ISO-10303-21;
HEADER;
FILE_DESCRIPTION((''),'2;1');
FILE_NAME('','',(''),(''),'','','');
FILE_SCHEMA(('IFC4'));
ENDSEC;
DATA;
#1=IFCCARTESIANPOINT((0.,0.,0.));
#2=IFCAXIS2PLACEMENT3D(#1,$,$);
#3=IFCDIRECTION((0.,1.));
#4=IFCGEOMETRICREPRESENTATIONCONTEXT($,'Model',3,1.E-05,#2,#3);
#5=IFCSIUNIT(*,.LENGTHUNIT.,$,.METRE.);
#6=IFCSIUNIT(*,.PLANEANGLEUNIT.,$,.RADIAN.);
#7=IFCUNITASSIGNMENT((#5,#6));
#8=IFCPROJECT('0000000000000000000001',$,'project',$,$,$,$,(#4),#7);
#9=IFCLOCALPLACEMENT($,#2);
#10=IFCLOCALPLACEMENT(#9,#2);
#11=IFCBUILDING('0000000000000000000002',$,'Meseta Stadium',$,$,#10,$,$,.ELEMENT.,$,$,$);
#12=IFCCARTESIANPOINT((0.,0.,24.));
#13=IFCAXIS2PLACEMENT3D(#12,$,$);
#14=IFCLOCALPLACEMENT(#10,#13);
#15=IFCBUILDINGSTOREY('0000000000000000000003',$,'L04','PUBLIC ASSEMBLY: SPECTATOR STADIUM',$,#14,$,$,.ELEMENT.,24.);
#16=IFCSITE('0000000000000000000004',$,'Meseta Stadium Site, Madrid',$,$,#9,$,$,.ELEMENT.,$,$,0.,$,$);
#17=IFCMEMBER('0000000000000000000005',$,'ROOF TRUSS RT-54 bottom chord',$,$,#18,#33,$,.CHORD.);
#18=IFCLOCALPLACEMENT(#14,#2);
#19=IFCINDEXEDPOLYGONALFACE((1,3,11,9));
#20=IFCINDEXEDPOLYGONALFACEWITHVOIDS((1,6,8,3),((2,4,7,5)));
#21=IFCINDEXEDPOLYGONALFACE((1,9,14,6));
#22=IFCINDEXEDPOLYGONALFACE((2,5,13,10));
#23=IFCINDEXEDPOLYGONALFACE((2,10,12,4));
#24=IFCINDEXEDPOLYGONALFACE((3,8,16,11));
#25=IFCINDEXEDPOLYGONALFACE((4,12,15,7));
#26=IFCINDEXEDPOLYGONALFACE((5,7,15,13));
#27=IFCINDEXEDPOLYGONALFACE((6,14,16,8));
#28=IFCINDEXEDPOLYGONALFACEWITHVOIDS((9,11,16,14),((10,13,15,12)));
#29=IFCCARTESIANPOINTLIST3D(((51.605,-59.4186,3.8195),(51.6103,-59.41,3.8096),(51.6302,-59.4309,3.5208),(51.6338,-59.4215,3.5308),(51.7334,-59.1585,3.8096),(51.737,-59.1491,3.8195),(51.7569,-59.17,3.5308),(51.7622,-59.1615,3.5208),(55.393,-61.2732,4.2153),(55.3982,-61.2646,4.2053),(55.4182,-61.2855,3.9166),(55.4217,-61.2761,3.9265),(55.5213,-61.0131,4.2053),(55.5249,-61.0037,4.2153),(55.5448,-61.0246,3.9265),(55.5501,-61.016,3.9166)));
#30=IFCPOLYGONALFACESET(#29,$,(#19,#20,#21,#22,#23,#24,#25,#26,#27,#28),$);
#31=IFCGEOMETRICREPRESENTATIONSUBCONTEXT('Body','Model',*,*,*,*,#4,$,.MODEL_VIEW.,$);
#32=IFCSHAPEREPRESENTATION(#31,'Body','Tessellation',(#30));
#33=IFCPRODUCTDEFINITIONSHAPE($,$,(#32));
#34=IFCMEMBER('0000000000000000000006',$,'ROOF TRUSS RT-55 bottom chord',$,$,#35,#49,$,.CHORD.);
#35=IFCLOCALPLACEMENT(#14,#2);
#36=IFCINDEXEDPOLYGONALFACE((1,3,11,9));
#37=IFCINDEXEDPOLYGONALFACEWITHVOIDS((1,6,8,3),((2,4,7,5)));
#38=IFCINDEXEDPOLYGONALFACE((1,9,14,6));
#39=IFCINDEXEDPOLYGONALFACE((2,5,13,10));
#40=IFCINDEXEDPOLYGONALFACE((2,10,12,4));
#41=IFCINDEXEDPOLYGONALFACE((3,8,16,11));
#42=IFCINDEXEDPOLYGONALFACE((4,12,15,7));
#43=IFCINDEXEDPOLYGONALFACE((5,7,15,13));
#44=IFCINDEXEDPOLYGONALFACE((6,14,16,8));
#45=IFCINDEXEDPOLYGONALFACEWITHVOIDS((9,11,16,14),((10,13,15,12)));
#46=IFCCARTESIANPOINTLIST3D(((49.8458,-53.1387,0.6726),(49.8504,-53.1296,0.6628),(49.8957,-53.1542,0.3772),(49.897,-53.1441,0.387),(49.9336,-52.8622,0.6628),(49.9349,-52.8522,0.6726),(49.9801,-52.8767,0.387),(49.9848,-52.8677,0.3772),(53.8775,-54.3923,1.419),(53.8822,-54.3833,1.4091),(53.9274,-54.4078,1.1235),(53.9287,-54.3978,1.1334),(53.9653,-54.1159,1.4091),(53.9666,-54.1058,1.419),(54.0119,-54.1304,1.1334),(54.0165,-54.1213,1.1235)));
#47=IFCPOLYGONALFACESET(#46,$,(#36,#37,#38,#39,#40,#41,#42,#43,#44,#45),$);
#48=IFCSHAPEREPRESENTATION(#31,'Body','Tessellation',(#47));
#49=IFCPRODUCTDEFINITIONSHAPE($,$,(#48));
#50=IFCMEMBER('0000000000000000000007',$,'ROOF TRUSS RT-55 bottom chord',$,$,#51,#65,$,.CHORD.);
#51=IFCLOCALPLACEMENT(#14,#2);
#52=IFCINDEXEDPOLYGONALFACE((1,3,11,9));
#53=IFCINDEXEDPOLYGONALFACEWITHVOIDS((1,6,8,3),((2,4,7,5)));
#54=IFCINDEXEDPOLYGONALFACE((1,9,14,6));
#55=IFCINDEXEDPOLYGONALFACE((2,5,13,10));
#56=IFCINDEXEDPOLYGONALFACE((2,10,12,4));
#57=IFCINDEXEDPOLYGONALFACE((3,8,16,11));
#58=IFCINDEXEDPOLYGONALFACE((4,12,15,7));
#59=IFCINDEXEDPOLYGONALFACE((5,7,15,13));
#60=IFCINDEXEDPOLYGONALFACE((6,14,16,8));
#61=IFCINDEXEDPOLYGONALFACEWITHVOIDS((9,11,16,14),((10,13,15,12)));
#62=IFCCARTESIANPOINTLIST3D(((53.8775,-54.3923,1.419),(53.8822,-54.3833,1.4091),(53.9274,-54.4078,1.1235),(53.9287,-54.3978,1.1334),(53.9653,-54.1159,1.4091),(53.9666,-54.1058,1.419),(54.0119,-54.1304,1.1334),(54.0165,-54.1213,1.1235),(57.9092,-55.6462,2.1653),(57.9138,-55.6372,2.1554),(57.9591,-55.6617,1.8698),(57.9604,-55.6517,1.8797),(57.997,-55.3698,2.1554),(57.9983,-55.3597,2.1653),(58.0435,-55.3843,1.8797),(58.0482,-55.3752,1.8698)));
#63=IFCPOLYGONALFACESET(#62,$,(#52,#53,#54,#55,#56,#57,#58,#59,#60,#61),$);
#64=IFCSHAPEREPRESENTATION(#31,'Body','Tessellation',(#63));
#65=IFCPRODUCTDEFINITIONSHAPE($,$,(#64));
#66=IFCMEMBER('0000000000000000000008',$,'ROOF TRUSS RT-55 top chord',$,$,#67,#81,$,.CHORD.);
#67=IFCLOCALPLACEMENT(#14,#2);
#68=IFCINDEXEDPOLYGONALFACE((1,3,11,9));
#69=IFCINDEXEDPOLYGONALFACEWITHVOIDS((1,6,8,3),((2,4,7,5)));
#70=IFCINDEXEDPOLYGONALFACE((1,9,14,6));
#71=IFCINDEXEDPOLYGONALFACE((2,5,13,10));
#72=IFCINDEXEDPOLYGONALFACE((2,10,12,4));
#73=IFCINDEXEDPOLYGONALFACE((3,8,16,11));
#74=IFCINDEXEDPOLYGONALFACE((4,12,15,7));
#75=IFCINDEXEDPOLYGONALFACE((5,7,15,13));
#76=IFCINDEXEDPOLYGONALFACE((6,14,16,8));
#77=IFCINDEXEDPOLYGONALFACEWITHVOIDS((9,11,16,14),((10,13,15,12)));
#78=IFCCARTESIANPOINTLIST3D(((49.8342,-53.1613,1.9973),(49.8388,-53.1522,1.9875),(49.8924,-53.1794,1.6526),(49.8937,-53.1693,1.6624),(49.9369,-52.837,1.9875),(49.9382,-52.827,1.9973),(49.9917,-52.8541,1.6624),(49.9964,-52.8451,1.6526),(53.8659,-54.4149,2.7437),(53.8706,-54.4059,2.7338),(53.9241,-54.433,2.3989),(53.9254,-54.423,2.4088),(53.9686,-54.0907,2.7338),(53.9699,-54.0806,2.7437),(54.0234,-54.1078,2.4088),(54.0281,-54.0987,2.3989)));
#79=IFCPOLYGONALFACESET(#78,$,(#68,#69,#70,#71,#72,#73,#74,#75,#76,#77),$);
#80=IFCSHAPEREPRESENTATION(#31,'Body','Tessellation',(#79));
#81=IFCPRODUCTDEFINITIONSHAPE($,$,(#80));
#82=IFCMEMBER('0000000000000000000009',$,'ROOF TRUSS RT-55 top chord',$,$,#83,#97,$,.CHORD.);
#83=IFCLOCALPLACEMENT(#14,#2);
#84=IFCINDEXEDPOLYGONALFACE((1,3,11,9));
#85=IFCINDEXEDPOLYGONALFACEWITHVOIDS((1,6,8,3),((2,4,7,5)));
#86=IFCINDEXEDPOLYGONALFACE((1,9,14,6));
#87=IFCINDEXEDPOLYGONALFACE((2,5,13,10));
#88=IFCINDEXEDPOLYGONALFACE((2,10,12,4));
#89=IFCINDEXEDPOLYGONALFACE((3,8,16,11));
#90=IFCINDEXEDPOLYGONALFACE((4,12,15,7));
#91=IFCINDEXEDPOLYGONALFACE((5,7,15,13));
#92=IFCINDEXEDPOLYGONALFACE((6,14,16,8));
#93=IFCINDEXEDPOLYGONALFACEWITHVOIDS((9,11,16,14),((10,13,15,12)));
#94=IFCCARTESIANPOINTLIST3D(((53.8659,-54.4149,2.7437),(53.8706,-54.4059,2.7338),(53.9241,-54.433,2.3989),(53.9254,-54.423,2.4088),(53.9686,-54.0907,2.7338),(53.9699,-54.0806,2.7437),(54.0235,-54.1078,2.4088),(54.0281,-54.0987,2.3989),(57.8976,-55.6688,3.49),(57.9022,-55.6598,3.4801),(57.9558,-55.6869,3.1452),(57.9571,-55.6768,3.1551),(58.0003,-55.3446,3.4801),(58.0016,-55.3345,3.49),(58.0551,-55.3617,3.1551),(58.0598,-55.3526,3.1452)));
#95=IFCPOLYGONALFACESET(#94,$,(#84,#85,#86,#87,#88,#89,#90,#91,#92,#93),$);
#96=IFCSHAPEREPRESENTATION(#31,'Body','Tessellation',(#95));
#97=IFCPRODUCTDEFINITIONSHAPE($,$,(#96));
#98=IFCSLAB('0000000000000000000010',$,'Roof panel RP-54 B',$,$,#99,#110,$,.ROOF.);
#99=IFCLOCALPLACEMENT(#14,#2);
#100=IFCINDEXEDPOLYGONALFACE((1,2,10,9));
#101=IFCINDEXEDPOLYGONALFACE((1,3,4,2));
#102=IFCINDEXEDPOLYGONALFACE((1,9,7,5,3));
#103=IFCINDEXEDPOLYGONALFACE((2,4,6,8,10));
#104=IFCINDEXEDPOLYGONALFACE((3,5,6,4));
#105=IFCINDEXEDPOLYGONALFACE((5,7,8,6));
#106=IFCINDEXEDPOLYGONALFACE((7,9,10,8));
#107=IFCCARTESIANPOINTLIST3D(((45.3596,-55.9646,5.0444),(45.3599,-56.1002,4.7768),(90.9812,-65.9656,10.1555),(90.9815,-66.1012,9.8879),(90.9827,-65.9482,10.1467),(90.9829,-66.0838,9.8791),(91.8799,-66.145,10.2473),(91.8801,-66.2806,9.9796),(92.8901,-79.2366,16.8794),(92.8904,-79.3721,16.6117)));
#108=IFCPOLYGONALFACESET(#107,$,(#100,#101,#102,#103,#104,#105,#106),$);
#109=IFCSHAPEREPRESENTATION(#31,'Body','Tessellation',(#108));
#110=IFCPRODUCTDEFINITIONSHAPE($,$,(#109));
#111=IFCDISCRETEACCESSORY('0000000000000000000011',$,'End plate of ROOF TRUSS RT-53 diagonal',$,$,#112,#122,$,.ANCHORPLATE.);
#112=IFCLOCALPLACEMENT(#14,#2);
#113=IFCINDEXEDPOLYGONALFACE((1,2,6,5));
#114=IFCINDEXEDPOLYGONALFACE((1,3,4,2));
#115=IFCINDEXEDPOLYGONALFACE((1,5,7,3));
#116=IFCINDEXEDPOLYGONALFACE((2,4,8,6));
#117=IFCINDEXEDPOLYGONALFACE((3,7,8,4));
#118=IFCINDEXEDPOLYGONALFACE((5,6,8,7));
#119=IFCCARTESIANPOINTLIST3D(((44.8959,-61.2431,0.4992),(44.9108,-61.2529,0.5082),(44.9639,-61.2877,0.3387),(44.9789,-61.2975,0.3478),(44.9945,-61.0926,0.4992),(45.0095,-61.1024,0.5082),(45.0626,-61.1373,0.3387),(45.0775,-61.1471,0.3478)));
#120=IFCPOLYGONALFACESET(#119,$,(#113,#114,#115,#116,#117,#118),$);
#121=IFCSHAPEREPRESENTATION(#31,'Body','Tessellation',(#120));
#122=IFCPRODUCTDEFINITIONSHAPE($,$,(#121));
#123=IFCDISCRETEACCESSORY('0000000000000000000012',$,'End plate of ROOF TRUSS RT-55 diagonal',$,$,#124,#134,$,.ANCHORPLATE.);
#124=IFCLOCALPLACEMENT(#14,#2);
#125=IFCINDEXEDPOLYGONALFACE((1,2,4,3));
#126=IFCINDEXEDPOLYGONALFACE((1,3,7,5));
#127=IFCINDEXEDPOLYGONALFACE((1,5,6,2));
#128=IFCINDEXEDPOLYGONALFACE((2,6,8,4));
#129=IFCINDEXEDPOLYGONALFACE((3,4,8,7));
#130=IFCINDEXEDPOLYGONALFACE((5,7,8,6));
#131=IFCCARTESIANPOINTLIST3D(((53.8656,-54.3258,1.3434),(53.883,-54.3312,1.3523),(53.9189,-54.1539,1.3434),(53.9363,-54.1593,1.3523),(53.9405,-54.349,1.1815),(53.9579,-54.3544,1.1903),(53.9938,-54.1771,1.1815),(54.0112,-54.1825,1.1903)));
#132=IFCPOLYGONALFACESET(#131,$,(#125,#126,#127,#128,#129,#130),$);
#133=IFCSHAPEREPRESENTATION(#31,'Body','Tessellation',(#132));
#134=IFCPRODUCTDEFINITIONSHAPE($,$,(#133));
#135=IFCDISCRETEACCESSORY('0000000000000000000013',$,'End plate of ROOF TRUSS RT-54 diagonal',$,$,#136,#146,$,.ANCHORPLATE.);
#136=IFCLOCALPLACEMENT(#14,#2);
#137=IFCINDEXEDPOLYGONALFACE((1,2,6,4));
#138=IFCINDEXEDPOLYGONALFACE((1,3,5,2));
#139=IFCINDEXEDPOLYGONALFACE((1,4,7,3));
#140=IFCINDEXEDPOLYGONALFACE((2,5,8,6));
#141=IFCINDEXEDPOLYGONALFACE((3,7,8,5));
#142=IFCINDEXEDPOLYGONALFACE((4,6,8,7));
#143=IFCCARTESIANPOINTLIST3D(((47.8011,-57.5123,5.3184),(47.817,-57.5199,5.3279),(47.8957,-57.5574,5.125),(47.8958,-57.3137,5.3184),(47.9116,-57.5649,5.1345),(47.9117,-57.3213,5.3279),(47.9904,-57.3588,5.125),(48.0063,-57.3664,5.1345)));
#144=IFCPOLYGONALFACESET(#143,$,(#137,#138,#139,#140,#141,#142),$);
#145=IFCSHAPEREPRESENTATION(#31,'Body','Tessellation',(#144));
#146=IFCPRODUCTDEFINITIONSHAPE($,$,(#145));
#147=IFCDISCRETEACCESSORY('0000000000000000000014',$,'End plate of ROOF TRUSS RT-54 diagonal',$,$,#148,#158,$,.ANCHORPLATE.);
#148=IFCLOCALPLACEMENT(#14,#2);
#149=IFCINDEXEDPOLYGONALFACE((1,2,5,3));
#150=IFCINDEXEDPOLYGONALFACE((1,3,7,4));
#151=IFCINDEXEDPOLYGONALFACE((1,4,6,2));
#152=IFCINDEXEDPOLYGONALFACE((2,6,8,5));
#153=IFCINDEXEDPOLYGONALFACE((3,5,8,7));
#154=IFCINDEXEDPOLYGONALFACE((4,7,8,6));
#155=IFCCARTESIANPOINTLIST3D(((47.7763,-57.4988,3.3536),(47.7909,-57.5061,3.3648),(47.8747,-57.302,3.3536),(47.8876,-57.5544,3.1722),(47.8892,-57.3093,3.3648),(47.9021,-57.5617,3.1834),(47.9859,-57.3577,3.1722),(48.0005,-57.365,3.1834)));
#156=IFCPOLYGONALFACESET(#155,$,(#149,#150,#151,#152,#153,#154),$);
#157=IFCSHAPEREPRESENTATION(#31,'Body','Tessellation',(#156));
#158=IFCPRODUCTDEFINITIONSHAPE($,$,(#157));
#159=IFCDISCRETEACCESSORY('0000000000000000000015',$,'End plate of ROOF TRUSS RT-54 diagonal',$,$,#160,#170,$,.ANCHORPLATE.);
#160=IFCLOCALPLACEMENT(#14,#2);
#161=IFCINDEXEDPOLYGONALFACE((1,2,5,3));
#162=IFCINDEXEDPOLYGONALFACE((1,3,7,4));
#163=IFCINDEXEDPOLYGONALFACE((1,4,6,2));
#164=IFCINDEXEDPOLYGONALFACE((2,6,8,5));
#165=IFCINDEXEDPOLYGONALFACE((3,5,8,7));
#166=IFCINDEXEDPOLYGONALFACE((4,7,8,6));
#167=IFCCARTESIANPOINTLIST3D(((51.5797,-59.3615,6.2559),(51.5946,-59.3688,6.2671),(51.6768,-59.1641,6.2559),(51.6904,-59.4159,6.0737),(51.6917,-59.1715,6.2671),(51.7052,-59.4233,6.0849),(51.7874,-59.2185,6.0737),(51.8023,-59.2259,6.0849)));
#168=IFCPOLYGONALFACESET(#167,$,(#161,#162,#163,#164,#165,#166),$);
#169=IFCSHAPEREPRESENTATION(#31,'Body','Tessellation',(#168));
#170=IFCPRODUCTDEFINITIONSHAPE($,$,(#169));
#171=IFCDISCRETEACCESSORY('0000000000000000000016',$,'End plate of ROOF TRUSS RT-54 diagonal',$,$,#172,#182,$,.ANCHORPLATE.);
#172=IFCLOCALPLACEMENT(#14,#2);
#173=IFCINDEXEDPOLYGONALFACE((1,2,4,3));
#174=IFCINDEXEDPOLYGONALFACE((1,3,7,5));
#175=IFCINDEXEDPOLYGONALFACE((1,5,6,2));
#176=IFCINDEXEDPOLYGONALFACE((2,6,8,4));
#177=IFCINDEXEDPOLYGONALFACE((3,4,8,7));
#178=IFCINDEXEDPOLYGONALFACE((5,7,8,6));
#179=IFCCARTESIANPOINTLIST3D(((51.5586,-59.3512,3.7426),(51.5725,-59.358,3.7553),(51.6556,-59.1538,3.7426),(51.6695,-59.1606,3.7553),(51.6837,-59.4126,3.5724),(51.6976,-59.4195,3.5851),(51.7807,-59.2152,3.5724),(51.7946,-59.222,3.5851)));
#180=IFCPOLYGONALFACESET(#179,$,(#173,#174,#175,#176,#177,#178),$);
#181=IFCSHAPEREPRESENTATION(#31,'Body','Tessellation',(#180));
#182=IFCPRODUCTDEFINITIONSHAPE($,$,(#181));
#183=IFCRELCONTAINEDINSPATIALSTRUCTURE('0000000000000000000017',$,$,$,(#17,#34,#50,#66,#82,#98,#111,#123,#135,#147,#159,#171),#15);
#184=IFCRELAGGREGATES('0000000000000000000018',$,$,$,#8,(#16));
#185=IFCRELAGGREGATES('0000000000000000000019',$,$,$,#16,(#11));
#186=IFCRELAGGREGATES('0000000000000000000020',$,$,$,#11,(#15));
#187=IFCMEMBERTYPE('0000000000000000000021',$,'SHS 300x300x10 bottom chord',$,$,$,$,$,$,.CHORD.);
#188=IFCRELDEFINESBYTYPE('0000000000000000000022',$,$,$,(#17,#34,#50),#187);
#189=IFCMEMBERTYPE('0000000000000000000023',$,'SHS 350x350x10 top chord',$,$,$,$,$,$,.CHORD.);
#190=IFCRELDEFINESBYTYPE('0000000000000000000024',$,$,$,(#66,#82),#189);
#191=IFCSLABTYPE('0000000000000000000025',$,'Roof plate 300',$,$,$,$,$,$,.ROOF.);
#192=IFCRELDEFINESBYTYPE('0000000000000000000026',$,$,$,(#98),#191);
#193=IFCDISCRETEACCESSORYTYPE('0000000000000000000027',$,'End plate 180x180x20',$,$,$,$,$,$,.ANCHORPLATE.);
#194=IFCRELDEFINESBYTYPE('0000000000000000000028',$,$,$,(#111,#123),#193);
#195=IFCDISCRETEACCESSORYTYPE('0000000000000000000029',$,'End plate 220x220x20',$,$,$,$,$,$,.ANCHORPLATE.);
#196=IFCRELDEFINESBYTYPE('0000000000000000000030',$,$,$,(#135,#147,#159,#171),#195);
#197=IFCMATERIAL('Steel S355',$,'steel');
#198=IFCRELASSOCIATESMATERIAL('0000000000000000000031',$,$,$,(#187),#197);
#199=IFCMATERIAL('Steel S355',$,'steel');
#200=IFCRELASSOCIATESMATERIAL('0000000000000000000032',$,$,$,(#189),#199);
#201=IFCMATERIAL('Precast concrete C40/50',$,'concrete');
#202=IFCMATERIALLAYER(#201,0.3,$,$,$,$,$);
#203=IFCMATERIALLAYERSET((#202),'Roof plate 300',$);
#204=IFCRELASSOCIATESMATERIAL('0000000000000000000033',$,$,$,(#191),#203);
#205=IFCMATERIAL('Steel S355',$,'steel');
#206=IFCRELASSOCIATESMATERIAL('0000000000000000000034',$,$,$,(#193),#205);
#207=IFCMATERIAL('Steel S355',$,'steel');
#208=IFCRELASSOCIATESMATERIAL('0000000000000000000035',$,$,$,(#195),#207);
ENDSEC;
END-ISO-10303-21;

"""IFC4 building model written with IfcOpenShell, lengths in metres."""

from ifc_helpers import new_model, si_unit, direction, frame, origin, origin_2d, place, context, subcontext, project, spatial, polyline, rectangle, hollow_rectangle, outline, extrude, material, layer, layer_set, material_profile, profile_set, type_object, element, save


model = new_model("IFC4")

# Units and contexts
model_context = context("Model", 3, precision=1e-05, world=origin(), true_north=direction((0.0, 1.0)))
body_context = subcontext(model_context, "Body", "Model", "MODEL_VIEW")
ifc_project = project(units=[si_unit("LENGTHUNIT", "METRE"), si_unit("PLANEANGLEUNIT", "RADIAN")], contexts=[model_context])

# Site, building, storey
site_placement = place(None, origin())
site = spatial("IfcSite", under=ifc_project, at=site_placement, Name="Meseta Stadium Site, Madrid", CompositionType="ELEMENT", RefElevation=0.0)
building_placement = place(site_placement, origin())
building = spatial("IfcBuilding", under=site, at=building_placement, Name="Meseta Stadium", CompositionType="ELEMENT")
storey_placement = place(building_placement, frame((0.0, 0.0, 24.0)))
storey = spatial("IfcBuildingStorey", under=building, at=storey_placement, Name="L04", Description="PUBLIC ASSEMBLY: SPECTATOR STADIUM", CompositionType="ELEMENT", Elevation=24.0)

# Members
ifc_material_1 = material(Name="Steel S355", Category="steel")
ifc_material_profile_1 = material_profile(ifc_material_1, hollow_rectangle(XDim=0.3, YDim=0.3, WallThickness=0.01, at=origin_2d()), Name="SHS 300x300x10")
ifc_profile_set_1 = profile_set([ifc_material_profile_1], Name="Steel S355")
member_type_1 = type_object("IfcMemberType", Name="SHS 300x300x10 bottom chord", PredefinedType="CHORD", material=ifc_profile_set_1)
for number, where, z_axis, x_axis, name in (
    (1, (51.6836, -59.29, 3.6702), (0.894207, -0.437796, 0.093426), (0.439719, 0.898135, 0.0), "ROOF TRUSS RT-54 bottom chord"),
):
    element("IfcMember", number, at=place(storey_placement, frame(where, z_axis=z_axis, x_axis=x_axis)), inside=storey, type_object=member_type_1, Name=name, PredefinedType="CHORD", context=body_context, shape_type="SweptSolid", body=[
        extrude(hollow_rectangle(XDim=0.3, YDim=0.3, WallThickness=0.01, at=origin_2d()), origin(), (0.0, 0.0, 1.0), 4.2361),
    ])
for number, where, z_axis, x_axis, name in (
    (2, (49.9153, -53.0032, 0.5249), (0.940323, -0.292392, 0.174068), (0.296925, 0.954901, 0.0), "ROOF TRUSS RT-55 bottom chord"),
    (3, (53.947, -54.2568, 1.2712), (0.940307, -0.292444, 0.174066), (0.296978, 0.954884, 0.0), "ROOF TRUSS RT-55 bottom chord"),
):
    element("IfcMember", number, at=place(storey_placement, frame(where, z_axis=z_axis, x_axis=x_axis)), inside=storey, type_object=member_type_1, Name=name, PredefinedType="CHORD", context=body_context, shape_type="SweptSolid", body=[
        extrude(hollow_rectangle(XDim=0.3, YDim=0.3, WallThickness=0.01, at=origin_2d()), origin(), (0.0, 0.0, 1.0), 4.2876),
    ])
ifc_material_2 = material(Name="Steel S355", Category="steel")
ifc_material_profile_2 = material_profile(ifc_material_2, hollow_rectangle(XDim=0.3501, YDim=0.3501, WallThickness=0.01, at=origin_2d()), Name="SHS 350x350x10")
ifc_profile_set_2 = profile_set([ifc_material_profile_2], Name="Steel S355")
member_type_2 = type_object("IfcMemberType", Name="SHS 350x350x10 top chord", PredefinedType="CHORD", material=ifc_profile_set_2)
for number, where, z_axis, x_axis, name in (
    (4, (49.9153, -53.0032, 1.825), (0.940323, -0.292392, 0.174068), (0.296925, 0.954901, 0.0), "ROOF TRUSS RT-55 top chord"),
    (5, (53.947, -54.2568, 2.5713), (0.940307, -0.292444, 0.174066), (0.296978, 0.954884, 0.0), "ROOF TRUSS RT-55 top chord"),
):
    element("IfcMember", number, at=place(storey_placement, frame(where, z_axis=z_axis, x_axis=x_axis)), inside=storey, type_object=member_type_2, Name=name, PredefinedType="CHORD", context=body_context, shape_type="SweptSolid", body=[
        extrude(hollow_rectangle(XDim=0.3501, YDim=0.3501, WallThickness=0.01, at=origin_2d()), origin(), (0.0, 0.0, 1.0), 4.2876),
    ])

# Slab
ifc_material_3 = material(Name="Precast concrete C40/50", Category="concrete")
ifc_layer = layer(ifc_material_3, 0.3)
ifc_layer_set = layer_set([ifc_layer], Name="Roof plate 300")
slab_type = type_object("IfcSlabType", Name="Roof plate 300", PredefinedType="ROOF", material=ifc_layer_set)
slab_placement = place(storey_placement, frame((45.3596, -55.9646, 5.0444), z_axis=(-0.000888, 0.451858, 0.892089), x_axis=(0.876475, -0.429141, 0.21824)))
element("IfcSlab", 6, at=slab_placement, inside=storey, type_object=slab_type, Name="Roof panel RP-54 B", PredefinedType="ROOF", context=body_context, shape_type="SweptSolid", body=[
    extrude(outline(polyline([(0.0, 0.0), (54.2292, 0.0), (46.2782, 12.3764), (45.3854, 12.1382), (45.3935, 12.1204), (0.0, 0.0)])), origin(), (0.0, 0.0, -1.0), 0.3),
])

# Discrete accessories
ifc_material_4 = material(Name="Steel S355", Category="steel")
ifc_material_profile_3 = material_profile(ifc_material_4, rectangle(XDim=0.1799, YDim=0.1799, at=origin_2d()), Name="PL 180x180")
ifc_profile_set_3 = profile_set([ifc_material_profile_3], Name="Steel S355")
discrete_accessory_type_1 = type_object("IfcDiscreteAccessoryType", Name="End plate 180x180x20", PredefinedType="ANCHORPLATE", material=ifc_profile_set_3)
discrete_accessory_1_placement = place(storey_placement, frame((44.9792, -61.1902, 0.4189), z_axis=(0.74579, -0.489043, 0.452365), x_axis=(0.548357, 0.836244, 0.0)))
element("IfcDiscreteAccessory", 7, at=discrete_accessory_1_placement, inside=storey, type_object=discrete_accessory_type_1, Name="End plate of ROOF TRUSS RT-53 diagonal", PredefinedType="ANCHORPLATE", context=body_context, shape_type="SweptSolid", body=[
    extrude(rectangle(XDim=0.1799, YDim=0.1799, at=origin_2d()), origin(), (0.0, 0.0, 1.0), 0.02),
])
discrete_accessory_2_placement = place(storey_placement, frame((53.9297, -54.2515, 1.2625), z_axis=(0.859675, -0.266378, 0.435892), x_axis=(0.295976, 0.955195, 0.0)))
element("IfcDiscreteAccessory", 8, at=discrete_accessory_2_placement, inside=storey, type_object=discrete_accessory_type_1, Name="End plate of ROOF TRUSS RT-55 diagonal", PredefinedType="ANCHORPLATE", context=body_context, shape_type="SweptSolid", body=[
    extrude(rectangle(XDim=0.1799, YDim=0.1799, at=origin_2d()), origin(), (0.0, 0.0, 1.0), 0.0203),
])
ifc_material_5 = material(Name="Steel S355", Category="steel")
ifc_material_profile_4 = material_profile(ifc_material_5, rectangle(XDim=0.22, YDim=0.22, at=origin_2d()), Name="PL 220x220")
ifc_profile_set_4 = profile_set([ifc_material_profile_4], Name="Steel S355")
discrete_accessory_type_2 = type_object("IfcDiscreteAccessoryType", Name="End plate 220x220x20", PredefinedType="ANCHORPLATE", material=ifc_profile_set_4)
discrete_accessory_3_placement = place(storey_placement, frame((47.8958, -57.4355, 5.2217), z_axis=(0.793687, -0.378528, 0.476212), x_axis=(0.430473, 0.902604, 0.0)))
element("IfcDiscreteAccessory", 9, at=discrete_accessory_3_placement, inside=storey, type_object=discrete_accessory_type_2, Name="End plate of ROOF TRUSS RT-54 diagonal", PredefinedType="ANCHORPLATE", context=body_context, shape_type="SweptSolid", body=[
    extrude(rectangle(XDim=0.22, YDim=0.22, at=origin_2d()), origin(), (0.0, 0.0, 1.0), 0.02),
])
discrete_accessory_4_placement = place(storey_placement, frame((47.8811, -57.4282, 3.2629), z_axis=(0.737655, -0.368828, 0.565536), x_axis=(0.447214, 0.894427, 0.0)))
element("IfcDiscreteAccessory", 10, at=discrete_accessory_4_placement, inside=storey, type_object=discrete_accessory_type_2, Name="End plate of ROOF TRUSS RT-54 diagonal", PredefinedType="ANCHORPLATE", context=body_context, shape_type="SweptSolid", body=[
    extrude(rectangle(XDim=0.22, YDim=0.22, at=origin_2d()), origin(), (0.0, 0.0, 1.0), 0.0198),
])
for number, where, z_axis, x_axis, name in (
    (11, (51.6836, -59.29, 6.1648), (0.743184, -0.365501, 0.560434), (0.44132, 0.89735, 0.0), "End plate of ROOF TRUSS RT-54 diagonal"),
    (12, (51.6697, -59.2832, 3.6575), (0.694451, -0.341134, 0.633534), (0.440904, 0.897554, 0.0), "End plate of ROOF TRUSS RT-54 diagonal"),
):
    element("IfcDiscreteAccessory", number, at=place(storey_placement, frame(where, z_axis=z_axis, x_axis=x_axis)), inside=storey, type_object=discrete_accessory_type_2, Name=name, PredefinedType="ANCHORPLATE", context=body_context, shape_type="SweptSolid", body=[
        extrude(rectangle(XDim=0.22, YDim=0.22, at=origin_2d()), origin(), (0.0, 0.0, 1.0), 0.02),
    ])

save(model, "model.ifc")
